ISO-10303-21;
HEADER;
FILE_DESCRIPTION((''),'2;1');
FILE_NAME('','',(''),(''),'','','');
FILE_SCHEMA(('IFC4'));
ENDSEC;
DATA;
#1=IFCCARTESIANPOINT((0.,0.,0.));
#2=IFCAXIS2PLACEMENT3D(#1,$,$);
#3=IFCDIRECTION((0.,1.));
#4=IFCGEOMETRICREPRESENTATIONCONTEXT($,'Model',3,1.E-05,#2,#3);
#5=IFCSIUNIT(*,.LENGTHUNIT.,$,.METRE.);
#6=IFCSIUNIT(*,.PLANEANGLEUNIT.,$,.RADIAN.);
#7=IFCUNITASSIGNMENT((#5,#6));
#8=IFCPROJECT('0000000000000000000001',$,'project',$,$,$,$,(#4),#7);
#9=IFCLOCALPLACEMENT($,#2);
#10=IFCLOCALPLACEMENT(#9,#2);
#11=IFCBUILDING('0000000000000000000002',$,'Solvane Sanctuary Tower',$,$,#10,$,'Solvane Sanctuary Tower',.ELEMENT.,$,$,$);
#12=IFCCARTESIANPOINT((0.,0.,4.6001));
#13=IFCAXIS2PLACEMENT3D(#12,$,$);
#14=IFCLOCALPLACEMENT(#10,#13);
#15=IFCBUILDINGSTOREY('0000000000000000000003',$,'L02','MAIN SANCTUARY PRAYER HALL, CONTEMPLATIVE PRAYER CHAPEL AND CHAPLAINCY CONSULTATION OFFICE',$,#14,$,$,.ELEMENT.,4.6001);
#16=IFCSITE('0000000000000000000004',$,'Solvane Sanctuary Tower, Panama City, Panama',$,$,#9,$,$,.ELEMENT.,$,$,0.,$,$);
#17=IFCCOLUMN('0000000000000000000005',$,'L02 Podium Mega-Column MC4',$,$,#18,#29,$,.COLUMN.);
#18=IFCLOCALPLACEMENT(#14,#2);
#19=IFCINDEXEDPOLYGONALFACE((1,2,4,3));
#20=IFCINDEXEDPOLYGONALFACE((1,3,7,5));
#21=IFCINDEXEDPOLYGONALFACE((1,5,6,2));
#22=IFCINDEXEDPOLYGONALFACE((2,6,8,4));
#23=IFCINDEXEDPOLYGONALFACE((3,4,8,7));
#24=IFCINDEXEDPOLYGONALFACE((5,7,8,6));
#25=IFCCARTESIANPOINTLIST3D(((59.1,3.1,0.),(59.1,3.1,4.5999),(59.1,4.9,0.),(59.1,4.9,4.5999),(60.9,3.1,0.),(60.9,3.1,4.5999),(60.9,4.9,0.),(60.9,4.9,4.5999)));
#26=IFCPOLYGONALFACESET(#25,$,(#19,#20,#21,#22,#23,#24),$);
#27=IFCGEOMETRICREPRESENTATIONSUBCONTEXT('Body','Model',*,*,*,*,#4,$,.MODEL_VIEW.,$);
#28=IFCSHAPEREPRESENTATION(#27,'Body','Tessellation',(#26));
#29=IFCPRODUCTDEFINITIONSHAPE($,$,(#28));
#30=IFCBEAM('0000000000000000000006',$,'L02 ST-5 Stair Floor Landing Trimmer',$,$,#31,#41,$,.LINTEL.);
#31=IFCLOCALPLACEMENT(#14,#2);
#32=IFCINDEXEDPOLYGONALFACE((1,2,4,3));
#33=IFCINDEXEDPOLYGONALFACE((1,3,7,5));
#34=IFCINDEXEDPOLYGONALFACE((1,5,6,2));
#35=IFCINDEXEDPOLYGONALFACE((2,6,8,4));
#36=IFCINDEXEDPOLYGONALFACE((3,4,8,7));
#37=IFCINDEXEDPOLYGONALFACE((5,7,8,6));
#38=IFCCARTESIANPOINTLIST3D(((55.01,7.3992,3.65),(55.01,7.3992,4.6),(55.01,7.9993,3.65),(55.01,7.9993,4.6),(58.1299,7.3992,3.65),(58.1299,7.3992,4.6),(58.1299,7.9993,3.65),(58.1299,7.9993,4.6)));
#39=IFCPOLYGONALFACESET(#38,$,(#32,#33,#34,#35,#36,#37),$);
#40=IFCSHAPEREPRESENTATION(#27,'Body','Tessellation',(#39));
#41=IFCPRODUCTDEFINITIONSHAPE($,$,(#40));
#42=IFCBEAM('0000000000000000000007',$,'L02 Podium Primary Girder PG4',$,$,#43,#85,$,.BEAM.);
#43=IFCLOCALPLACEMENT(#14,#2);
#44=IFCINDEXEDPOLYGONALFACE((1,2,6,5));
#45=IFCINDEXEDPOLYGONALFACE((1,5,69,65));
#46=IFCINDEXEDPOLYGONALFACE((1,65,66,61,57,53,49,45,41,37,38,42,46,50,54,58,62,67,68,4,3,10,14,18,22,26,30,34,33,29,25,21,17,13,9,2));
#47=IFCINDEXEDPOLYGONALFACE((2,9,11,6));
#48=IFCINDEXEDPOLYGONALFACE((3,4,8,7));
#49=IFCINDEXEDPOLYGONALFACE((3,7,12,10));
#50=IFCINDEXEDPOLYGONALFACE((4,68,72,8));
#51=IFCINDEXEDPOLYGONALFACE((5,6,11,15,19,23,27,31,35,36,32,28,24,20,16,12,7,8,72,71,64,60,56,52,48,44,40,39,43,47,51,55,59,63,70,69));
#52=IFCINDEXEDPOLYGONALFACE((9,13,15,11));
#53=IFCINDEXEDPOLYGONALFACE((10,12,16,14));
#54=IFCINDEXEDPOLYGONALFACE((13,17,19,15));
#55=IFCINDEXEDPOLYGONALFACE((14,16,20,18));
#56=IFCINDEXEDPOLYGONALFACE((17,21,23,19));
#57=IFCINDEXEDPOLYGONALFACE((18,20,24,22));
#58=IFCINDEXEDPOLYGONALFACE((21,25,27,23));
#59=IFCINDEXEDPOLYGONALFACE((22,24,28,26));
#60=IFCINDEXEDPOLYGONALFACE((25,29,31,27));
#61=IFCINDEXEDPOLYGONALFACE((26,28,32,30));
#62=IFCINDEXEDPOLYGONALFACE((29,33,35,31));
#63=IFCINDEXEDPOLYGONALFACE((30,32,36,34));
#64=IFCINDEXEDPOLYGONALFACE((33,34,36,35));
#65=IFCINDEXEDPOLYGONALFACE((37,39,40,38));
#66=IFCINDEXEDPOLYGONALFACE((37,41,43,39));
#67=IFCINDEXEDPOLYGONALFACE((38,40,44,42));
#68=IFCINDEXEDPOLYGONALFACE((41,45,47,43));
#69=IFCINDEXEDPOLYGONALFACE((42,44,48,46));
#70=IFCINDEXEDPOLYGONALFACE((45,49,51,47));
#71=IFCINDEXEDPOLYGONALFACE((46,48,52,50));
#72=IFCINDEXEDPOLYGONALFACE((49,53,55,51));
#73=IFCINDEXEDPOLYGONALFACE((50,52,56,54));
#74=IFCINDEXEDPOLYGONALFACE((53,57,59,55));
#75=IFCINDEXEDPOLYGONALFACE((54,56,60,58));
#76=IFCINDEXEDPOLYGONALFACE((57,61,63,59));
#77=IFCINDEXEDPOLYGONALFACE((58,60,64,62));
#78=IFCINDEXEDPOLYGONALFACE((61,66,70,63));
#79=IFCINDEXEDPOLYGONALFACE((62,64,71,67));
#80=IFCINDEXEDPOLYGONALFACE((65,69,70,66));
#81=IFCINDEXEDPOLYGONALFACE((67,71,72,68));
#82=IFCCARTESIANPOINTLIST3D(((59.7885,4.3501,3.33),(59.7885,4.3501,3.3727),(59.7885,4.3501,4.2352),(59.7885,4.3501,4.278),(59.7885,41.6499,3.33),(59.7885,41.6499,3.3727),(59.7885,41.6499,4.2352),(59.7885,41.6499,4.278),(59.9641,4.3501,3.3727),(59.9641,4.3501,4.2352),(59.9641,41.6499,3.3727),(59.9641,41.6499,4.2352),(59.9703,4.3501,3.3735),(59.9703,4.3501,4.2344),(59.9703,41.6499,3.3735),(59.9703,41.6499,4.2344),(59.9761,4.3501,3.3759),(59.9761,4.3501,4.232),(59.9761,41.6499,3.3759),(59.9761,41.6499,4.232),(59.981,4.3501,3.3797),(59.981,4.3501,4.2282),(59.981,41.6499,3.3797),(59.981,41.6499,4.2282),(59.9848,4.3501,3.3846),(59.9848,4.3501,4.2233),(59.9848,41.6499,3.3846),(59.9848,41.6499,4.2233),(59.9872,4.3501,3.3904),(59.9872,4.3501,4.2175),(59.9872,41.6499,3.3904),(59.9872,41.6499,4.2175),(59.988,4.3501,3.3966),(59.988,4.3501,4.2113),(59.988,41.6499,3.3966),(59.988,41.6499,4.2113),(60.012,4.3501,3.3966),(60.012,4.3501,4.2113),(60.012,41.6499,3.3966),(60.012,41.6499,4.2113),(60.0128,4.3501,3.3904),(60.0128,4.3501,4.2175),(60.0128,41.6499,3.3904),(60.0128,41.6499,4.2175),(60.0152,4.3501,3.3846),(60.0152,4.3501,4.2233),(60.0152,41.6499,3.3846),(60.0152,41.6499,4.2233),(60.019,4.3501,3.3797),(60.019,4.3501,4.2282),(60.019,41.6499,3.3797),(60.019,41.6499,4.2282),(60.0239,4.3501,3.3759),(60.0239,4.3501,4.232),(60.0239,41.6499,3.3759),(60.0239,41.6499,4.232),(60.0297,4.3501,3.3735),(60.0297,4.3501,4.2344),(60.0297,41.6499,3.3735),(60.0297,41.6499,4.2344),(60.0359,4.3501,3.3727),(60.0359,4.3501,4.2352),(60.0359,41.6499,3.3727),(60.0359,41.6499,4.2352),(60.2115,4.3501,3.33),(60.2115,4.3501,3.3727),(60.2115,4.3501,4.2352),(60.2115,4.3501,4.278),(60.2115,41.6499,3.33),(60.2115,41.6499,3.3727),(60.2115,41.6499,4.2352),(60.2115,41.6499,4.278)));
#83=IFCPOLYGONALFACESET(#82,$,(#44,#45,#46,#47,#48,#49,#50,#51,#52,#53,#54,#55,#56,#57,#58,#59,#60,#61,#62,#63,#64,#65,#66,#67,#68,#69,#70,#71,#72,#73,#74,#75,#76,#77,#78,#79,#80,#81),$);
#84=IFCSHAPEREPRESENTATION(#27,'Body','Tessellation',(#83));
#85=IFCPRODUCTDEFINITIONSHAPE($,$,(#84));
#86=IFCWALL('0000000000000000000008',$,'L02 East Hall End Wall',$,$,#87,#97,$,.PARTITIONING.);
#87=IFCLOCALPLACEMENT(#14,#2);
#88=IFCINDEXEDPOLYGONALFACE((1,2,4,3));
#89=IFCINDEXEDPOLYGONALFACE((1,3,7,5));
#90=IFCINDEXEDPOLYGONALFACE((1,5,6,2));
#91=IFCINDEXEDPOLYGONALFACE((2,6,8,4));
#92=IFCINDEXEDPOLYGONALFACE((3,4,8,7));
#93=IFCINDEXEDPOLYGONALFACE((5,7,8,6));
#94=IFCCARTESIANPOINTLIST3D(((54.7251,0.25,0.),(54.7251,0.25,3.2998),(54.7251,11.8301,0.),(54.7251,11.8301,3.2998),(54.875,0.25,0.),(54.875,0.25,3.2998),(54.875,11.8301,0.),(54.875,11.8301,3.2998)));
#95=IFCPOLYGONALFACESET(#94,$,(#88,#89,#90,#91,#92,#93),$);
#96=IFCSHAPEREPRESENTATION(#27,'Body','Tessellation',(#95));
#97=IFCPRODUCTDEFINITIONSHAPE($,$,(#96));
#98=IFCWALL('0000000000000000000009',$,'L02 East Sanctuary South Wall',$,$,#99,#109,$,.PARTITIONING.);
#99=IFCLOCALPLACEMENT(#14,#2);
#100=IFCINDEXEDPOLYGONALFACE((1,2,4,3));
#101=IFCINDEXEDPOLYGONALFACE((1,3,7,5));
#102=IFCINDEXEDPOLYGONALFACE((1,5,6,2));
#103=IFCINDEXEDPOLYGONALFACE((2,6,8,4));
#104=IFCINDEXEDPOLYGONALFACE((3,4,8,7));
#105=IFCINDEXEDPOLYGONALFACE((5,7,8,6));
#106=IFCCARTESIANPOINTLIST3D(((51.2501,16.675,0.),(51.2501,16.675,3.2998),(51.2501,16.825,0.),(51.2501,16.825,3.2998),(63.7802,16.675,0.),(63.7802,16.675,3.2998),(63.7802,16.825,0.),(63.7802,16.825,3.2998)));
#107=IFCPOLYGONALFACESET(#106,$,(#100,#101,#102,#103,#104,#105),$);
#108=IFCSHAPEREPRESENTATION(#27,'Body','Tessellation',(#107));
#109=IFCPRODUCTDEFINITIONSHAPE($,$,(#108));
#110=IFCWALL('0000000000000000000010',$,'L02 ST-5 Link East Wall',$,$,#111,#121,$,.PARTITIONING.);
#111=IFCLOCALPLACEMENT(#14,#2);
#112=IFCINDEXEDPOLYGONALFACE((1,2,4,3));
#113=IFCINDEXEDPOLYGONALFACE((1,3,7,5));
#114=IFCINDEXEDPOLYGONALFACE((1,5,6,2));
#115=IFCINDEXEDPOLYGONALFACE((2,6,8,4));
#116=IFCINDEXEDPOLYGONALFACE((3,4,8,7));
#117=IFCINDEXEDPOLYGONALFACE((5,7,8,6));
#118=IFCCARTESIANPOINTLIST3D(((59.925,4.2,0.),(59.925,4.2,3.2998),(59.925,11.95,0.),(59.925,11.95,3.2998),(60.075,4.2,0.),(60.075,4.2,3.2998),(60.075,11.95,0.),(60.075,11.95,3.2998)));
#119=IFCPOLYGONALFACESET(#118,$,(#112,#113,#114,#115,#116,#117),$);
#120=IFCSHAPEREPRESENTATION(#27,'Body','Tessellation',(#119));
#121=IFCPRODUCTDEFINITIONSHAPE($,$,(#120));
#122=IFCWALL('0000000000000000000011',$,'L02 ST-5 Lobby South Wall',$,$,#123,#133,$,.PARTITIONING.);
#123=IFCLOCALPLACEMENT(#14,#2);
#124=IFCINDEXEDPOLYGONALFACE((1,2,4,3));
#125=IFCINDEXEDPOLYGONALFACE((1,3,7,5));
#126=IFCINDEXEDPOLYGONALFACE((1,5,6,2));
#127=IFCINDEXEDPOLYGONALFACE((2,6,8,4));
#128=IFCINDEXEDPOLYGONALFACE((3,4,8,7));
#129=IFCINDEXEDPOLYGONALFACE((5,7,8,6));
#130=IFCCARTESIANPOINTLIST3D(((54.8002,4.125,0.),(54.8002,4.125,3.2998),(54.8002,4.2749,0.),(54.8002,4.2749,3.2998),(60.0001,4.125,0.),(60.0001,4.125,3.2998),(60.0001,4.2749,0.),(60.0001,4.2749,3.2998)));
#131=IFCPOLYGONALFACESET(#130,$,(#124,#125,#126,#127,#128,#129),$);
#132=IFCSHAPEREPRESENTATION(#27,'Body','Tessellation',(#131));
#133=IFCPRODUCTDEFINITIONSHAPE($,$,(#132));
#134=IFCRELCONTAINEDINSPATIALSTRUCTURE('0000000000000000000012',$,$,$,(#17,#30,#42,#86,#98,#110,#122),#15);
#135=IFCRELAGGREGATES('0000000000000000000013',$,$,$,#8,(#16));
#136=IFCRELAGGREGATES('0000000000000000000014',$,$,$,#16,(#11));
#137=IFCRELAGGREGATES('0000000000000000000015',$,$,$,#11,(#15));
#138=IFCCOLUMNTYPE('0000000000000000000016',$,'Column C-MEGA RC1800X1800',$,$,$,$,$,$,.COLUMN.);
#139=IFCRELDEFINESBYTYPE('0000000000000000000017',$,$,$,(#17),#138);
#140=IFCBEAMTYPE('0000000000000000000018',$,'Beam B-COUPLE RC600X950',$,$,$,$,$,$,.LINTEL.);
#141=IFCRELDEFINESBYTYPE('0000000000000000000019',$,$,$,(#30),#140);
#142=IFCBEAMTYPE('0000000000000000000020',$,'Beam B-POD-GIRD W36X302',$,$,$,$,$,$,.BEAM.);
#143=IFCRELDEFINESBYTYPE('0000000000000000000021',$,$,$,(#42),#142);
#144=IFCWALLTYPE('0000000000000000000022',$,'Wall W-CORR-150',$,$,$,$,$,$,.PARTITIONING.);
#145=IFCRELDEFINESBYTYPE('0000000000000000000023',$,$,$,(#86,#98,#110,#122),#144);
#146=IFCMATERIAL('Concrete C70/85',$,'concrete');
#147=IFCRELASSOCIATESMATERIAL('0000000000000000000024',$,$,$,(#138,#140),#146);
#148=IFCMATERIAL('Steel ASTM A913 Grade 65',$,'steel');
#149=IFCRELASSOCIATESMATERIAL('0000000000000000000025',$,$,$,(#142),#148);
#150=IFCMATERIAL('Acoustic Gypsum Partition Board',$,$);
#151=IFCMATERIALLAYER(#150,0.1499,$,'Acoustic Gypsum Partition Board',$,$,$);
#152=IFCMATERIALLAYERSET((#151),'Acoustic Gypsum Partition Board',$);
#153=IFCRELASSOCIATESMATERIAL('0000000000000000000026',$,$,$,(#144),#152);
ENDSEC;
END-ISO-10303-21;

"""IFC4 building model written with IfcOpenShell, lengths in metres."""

from ifc_helpers import new_model, si_unit, direction, frame, frame_2d, origin, origin_2d, place, context, subcontext, project, spatial, rectangle, i_section, extrude, material, layer, layer_set, material_profile, profile_set, type_object, element, save


model = new_model("IFC4")

# Units and contexts
model_context = context("Model", 3, precision=1e-05, world=origin(), true_north=direction((0.0, 1.0)))
body_context = subcontext(model_context, "Body", "Model", "MODEL_VIEW")
ifc_project = project(units=[si_unit("LENGTHUNIT", "METRE"), si_unit("PLANEANGLEUNIT", "RADIAN")], contexts=[model_context])

# Site, building, storey
site_placement = place(None, origin())
site = spatial("IfcSite", under=ifc_project, at=site_placement, Name="Solvane Sanctuary Tower, Panama City, Panama", CompositionType="ELEMENT", RefElevation=0.0)
building_placement = place(site_placement, origin())
building = spatial("IfcBuilding", under=site, at=building_placement, Name="Solvane Sanctuary Tower", LongName="Solvane Sanctuary Tower", CompositionType="ELEMENT")
storey_placement = place(building_placement, frame((0.0, 0.0, 4.6001)))
storey = spatial("IfcBuildingStorey", under=building, at=storey_placement, Name="L02", Description="MAIN SANCTUARY PRAYER HALL, CONTEMPLATIVE PRAYER CHAPEL AND CHAPLAINCY CONSULTATION OFFICE", CompositionType="ELEMENT", Elevation=4.6001)

# Column
ifc_material_1 = material(Name="Concrete C70/85", Category="concrete")
ifc_material_profile_1 = material_profile(ifc_material_1, rectangle(XDim=1.8, YDim=1.8, at=origin_2d()), Name="RC1800X1800")
ifc_profile_set_1 = profile_set([ifc_material_profile_1], Name="Concrete C70/85")
column_type = type_object("IfcColumnType", Name="Column C-MEGA RC1800X1800", PredefinedType="COLUMN", material=ifc_profile_set_1)
column_placement = place(storey_placement, frame((60.0, 4.0, 0.0), z_axis=(0.0, 0.0, 1.0), x_axis=(1.0, 0.0, 0.0)))
element("IfcColumn", 1, at=column_placement, inside=storey, type_object=column_type, Name="L02 Podium Mega-Column MC4", PredefinedType="COLUMN", context=body_context, shape_type="SweptSolid", body=[
    extrude(rectangle(XDim=1.8, YDim=1.8, at=origin_2d()), origin(), (0.0, 0.0, 1.0), 4.5999),
])

# Beams
ifc_material_profile_2 = material_profile(ifc_material_1, rectangle(XDim=0.6001, YDim=0.95, at=origin_2d()), Name="RC600X950")
ifc_profile_set_2 = profile_set([ifc_material_profile_2], Name="Concrete C70/85")
beam_type_1 = type_object("IfcBeamType", Name="Beam B-COUPLE RC600X950", PredefinedType="LINTEL", material=ifc_profile_set_2)
beam_1_placement = place(storey_placement, frame((55.01, 7.6992, 4.125), z_axis=(1.0, 0.0, 0.0), x_axis=(0.0, 1.0, 0.0)))
element("IfcBeam", 2, at=beam_1_placement, inside=storey, type_object=beam_type_1, Name="L02 ST-5 Stair Floor Landing Trimmer", PredefinedType="LINTEL", context=body_context, shape_type="SweptSolid", body=[
    extrude(rectangle(XDim=0.6001, YDim=0.95, at=origin_2d()), origin(), (0.0, 0.0, 1.0), 3.1199),
])
ifc_material_2 = material(Name="Steel ASTM A913 Grade 65", Category="steel")
ifc_material_profile_3 = material_profile(ifc_material_2, i_section(OverallWidth=0.4231, OverallDepth=0.948, WebThickness=0.0239, FlangeThickness=0.0427, FilletRadius=0.0239, at=origin_2d()), Name="W36X302")
ifc_profile_set_3 = profile_set([ifc_material_profile_3], Name="Steel ASTM A913 Grade 65")
beam_type_2 = type_object("IfcBeamType", Name="Beam B-POD-GIRD W36X302", PredefinedType="BEAM", material=ifc_profile_set_3)
beam_2_placement = place(storey_placement, frame((60.0, 4.3501, 3.804), z_axis=(0.0, 1.0, 0.0), x_axis=(-1.0, 0.0, 0.0)))
element("IfcBeam", 3, at=beam_2_placement, inside=storey, type_object=beam_type_2, Name="L02 Podium Primary Girder PG4", PredefinedType="BEAM", context=body_context, shape_type="SweptSolid", body=[
    extrude(i_section(OverallWidth=0.4231, OverallDepth=0.948, WebThickness=0.0239, FlangeThickness=0.0427, FilletRadius=0.0239, at=origin_2d()), origin(), (0.0, 0.0, 1.0), 37.2998),
])

# Walls
ifc_material_3 = material(Name="Acoustic Gypsum Partition Board")
ifc_layer_1 = layer(ifc_material_3, 0.1499, Name="Acoustic Gypsum Partition Board")
ifc_layer_set_1 = layer_set([ifc_layer_1], Name="Acoustic Gypsum Partition Board")
wall_type_1 = type_object("IfcWallType", Name="Wall W-CORR-150", PredefinedType="PARTITIONING", material=ifc_layer_set_1)
wall_1_placement = place(storey_placement, frame((54.8, 0.25, 0.0), z_axis=(0.0, 0.0, 1.0), x_axis=(0.0, 1.0, 0.0)))
element("IfcWall", 4, at=wall_1_placement, inside=storey, type_object=wall_type_1, Name="L02 East Hall End Wall", PredefinedType="PARTITIONING", context=body_context, shape_type="SweptSolid", body=[
    extrude(rectangle(XDim=11.5801, YDim=0.1499, at=frame_2d((5.79, 0.0))), origin(), (0.0, 0.0, 1.0), 3.2998),
])
wall_2_placement = place(storey_placement, frame((51.25, 16.75, 0.0), z_axis=(0.0, 0.0, 1.0), x_axis=(1.0, 0.0, 0.0)))
element("IfcWall", 5, at=wall_2_placement, inside=storey, type_object=wall_type_1, Name="L02 East Sanctuary South Wall", PredefinedType="PARTITIONING", context=body_context, shape_type="SweptSolid", body=[
    extrude(rectangle(XDim=12.53, YDim=0.1499, at=frame_2d((6.2651, 0.0))), origin(), (0.0, 0.0, 1.0), 3.2998),
])
wall_3_placement = place(storey_placement, frame((60.0, 4.2, 0.0), z_axis=(0.0, 0.0, 1.0), x_axis=(0.0, 1.0, 0.0)))
element("IfcWall", 6, at=wall_3_placement, inside=storey, type_object=wall_type_1, Name="L02 ST-5 Link East Wall", PredefinedType="PARTITIONING", context=body_context, shape_type="SweptSolid", body=[
    extrude(rectangle(XDim=7.75, YDim=0.1499, at=frame_2d((3.875, 0.0))), origin(), (0.0, 0.0, 1.0), 3.2998),
])
wall_4_placement = place(storey_placement, frame((54.8, 4.2, 0.0), z_axis=(0.0, 0.0, 1.0), x_axis=(1.0, 0.0, 0.0)))
element("IfcWall", 7, at=wall_4_placement, inside=storey, type_object=wall_type_1, Name="L02 ST-5 Lobby South Wall", PredefinedType="PARTITIONING", context=body_context, shape_type="SweptSolid", body=[
    extrude(rectangle(XDim=5.2, YDim=0.1499, at=frame_2d((2.6001, 0.0))), origin(), (0.0, 0.0, 1.0), 3.2998),
])

save(model, "model.ifc")
